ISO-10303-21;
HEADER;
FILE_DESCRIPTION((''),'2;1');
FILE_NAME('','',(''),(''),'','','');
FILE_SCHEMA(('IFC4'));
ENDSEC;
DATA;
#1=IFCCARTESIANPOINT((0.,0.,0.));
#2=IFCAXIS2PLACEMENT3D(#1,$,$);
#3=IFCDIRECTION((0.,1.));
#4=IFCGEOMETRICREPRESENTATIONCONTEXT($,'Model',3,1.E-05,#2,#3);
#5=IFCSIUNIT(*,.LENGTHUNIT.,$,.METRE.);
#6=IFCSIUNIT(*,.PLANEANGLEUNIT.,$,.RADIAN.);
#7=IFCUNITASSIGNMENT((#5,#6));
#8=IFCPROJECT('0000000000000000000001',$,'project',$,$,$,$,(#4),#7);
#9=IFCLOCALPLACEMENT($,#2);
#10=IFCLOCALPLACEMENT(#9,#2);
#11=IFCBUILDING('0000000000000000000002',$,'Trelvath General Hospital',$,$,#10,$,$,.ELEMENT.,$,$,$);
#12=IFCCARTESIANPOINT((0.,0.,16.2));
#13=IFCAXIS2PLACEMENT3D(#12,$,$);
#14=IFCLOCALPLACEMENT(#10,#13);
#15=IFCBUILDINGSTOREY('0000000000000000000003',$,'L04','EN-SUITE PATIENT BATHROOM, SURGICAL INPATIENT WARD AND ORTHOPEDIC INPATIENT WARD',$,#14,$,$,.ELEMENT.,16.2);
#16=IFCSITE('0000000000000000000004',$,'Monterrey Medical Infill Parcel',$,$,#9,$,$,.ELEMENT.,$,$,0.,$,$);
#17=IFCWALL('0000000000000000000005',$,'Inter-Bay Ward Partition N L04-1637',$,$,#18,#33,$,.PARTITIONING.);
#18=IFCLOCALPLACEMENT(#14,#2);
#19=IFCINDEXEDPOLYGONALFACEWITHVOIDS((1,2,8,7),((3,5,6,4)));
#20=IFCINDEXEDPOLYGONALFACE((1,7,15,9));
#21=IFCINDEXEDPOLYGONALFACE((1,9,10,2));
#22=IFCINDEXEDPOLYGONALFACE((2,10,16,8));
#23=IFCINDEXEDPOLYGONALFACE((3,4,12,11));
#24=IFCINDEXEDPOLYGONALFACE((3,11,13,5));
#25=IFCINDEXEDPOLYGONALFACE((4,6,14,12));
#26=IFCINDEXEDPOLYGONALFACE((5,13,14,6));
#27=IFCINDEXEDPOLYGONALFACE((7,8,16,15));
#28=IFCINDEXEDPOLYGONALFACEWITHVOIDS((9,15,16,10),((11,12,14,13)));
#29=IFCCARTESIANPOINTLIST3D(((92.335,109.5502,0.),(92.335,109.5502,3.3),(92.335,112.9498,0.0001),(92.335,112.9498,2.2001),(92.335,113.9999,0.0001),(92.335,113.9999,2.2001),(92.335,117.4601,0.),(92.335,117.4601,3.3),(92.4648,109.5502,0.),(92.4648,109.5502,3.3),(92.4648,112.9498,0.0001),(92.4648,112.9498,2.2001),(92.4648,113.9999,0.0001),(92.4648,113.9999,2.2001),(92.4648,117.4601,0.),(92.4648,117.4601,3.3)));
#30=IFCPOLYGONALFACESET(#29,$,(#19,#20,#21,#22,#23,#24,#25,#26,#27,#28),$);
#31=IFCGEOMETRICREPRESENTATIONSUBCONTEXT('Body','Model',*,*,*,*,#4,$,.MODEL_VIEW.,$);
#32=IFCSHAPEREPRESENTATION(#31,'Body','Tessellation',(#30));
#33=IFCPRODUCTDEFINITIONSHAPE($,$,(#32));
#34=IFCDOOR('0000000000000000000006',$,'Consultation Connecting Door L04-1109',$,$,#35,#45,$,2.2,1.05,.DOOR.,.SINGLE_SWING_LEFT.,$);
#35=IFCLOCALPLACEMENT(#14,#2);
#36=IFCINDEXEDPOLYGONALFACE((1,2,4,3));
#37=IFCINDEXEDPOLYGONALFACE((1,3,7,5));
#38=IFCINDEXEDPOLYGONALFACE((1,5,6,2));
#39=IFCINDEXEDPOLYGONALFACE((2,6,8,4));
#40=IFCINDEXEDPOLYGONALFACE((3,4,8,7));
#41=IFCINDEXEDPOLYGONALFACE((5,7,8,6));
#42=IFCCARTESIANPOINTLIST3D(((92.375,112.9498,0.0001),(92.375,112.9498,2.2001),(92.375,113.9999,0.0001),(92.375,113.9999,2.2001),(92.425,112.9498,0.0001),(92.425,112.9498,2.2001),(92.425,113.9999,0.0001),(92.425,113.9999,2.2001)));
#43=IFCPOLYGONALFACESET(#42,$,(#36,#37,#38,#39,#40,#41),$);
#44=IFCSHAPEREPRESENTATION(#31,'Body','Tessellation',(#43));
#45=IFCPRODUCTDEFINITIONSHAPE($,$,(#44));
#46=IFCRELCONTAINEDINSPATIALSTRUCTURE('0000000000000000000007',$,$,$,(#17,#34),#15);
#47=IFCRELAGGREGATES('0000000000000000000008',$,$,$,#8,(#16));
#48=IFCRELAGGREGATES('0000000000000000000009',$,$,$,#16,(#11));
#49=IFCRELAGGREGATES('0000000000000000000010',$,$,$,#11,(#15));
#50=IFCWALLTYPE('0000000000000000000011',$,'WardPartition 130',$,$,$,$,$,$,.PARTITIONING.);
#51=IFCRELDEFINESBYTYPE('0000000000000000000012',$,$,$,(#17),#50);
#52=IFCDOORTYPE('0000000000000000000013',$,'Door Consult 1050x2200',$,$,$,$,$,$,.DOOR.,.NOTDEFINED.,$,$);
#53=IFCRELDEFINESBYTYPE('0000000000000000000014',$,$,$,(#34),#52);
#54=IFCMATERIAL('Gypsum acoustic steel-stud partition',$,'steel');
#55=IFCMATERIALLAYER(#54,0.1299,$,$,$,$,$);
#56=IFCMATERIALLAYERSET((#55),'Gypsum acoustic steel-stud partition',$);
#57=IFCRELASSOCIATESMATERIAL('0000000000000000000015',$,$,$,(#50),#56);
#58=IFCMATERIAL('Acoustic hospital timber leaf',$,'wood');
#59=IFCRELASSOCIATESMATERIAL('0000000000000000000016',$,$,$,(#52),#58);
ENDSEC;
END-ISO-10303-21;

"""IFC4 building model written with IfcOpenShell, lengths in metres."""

from ifc_helpers import new_model, si_unit, direction, frame, frame_2d, origin, place, context, subcontext, project, spatial, rectangle, extrude, material, layer, layer_set, type_object, element, fill, save


model = new_model("IFC4")

# Units and contexts
model_context = context("Model", 3, precision=1e-05, world=origin(), true_north=direction((0.0, 1.0)))
body_context = subcontext(model_context, "Body", "Model", "MODEL_VIEW")
ifc_project = project(units=[si_unit("LENGTHUNIT", "METRE"), si_unit("PLANEANGLEUNIT", "RADIAN")], contexts=[model_context])

# Site, building, storey
site_placement = place(None, origin())
site = spatial("IfcSite", under=ifc_project, at=site_placement, Name="Monterrey Medical Infill Parcel", CompositionType="ELEMENT", RefElevation=0.0)
building_placement = place(site_placement, origin())
building = spatial("IfcBuilding", under=site, at=building_placement, Name="Trelvath General Hospital", CompositionType="ELEMENT")
storey_placement = place(building_placement, frame((0.0, 0.0, 16.2)))
storey = spatial("IfcBuildingStorey", under=building, at=storey_placement, Name="L04", Description="EN-SUITE PATIENT BATHROOM, SURGICAL INPATIENT WARD AND ORTHOPEDIC INPATIENT WARD", CompositionType="ELEMENT", Elevation=16.2)

# Wall, opening, door
ifc_material_1 = material(Name="Gypsum acoustic steel-stud partition", Category="steel")
ifc_layer_1 = layer(ifc_material_1, 0.1299)
ifc_layer_set_1 = layer_set([ifc_layer_1], Name="Gypsum acoustic steel-stud partition")
wall_type_1 = type_object("IfcWallType", Name="WardPartition 130", PredefinedType="PARTITIONING", material=ifc_layer_set_1)
wall_1_placement = place(storey_placement, frame((92.3999, 109.55, 0.0), z_axis=(0.0, 0.0, 1.0), x_axis=(0.0, 1.0, 0.0)))
wall_1 = element("IfcWall", 1, at=wall_1_placement, inside=storey, type_object=wall_type_1, Name="Inter-Bay Ward Partition N L04-1637", PredefinedType="PARTITIONING", context=body_context, shape_type="SweptSolid", body=[
    extrude(rectangle(XDim=7.9099, YDim=0.1299, at=frame_2d((3.9551, 0.0))), origin(), (0.0, 0.0, 1.0), 3.3),
])
opening_1_placement = place(wall_1_placement, frame((3.3999, 0.0, 0.0)))
opening_1 = element("IfcOpeningElement", 2, at=opening_1_placement, cuts=wall_1, PredefinedType="OPENING", context=body_context, shape_type="SweptSolid", body=[
    extrude(rectangle(XDim=1.05, YDim=2.2, at=frame_2d((0.5249, 1.1001))), frame((0.0, 0.075, 0.0), z_axis=(0.0, -1.0, 0.0), x_axis=(1.0, 0.0, 0.0)), (0.0, 0.0, 1.0), 0.1499),
])
ifc_material_2 = material(Name="Acoustic hospital timber leaf", Category="wood")
door_type = type_object("IfcDoorType", Name="Door Consult 1050x2200", OperationType="NOTDEFINED", PredefinedType="DOOR", material=ifc_material_2)
door_placement = place(opening_1_placement, origin())
door = element("IfcDoor", 3, at=door_placement, inside=storey, type_object=door_type, Name="Consultation Connecting Door L04-1109", OperationType="SINGLE_SWING_LEFT", OverallHeight=2.2, OverallWidth=1.05, PredefinedType="DOOR", context=body_context, shape_type="SweptSolid", body=[
    extrude(rectangle(XDim=1.05, YDim=2.2, at=frame_2d((0.5249, 1.1001))), frame((0.0, 0.0249, 0.0), z_axis=(0.0, -1.0, 0.0), x_axis=(1.0, 0.0, 0.0)), (0.0, 0.0, 1.0), 0.05),
])
fill(opening_1, door)

save(model, "model.ifc")
